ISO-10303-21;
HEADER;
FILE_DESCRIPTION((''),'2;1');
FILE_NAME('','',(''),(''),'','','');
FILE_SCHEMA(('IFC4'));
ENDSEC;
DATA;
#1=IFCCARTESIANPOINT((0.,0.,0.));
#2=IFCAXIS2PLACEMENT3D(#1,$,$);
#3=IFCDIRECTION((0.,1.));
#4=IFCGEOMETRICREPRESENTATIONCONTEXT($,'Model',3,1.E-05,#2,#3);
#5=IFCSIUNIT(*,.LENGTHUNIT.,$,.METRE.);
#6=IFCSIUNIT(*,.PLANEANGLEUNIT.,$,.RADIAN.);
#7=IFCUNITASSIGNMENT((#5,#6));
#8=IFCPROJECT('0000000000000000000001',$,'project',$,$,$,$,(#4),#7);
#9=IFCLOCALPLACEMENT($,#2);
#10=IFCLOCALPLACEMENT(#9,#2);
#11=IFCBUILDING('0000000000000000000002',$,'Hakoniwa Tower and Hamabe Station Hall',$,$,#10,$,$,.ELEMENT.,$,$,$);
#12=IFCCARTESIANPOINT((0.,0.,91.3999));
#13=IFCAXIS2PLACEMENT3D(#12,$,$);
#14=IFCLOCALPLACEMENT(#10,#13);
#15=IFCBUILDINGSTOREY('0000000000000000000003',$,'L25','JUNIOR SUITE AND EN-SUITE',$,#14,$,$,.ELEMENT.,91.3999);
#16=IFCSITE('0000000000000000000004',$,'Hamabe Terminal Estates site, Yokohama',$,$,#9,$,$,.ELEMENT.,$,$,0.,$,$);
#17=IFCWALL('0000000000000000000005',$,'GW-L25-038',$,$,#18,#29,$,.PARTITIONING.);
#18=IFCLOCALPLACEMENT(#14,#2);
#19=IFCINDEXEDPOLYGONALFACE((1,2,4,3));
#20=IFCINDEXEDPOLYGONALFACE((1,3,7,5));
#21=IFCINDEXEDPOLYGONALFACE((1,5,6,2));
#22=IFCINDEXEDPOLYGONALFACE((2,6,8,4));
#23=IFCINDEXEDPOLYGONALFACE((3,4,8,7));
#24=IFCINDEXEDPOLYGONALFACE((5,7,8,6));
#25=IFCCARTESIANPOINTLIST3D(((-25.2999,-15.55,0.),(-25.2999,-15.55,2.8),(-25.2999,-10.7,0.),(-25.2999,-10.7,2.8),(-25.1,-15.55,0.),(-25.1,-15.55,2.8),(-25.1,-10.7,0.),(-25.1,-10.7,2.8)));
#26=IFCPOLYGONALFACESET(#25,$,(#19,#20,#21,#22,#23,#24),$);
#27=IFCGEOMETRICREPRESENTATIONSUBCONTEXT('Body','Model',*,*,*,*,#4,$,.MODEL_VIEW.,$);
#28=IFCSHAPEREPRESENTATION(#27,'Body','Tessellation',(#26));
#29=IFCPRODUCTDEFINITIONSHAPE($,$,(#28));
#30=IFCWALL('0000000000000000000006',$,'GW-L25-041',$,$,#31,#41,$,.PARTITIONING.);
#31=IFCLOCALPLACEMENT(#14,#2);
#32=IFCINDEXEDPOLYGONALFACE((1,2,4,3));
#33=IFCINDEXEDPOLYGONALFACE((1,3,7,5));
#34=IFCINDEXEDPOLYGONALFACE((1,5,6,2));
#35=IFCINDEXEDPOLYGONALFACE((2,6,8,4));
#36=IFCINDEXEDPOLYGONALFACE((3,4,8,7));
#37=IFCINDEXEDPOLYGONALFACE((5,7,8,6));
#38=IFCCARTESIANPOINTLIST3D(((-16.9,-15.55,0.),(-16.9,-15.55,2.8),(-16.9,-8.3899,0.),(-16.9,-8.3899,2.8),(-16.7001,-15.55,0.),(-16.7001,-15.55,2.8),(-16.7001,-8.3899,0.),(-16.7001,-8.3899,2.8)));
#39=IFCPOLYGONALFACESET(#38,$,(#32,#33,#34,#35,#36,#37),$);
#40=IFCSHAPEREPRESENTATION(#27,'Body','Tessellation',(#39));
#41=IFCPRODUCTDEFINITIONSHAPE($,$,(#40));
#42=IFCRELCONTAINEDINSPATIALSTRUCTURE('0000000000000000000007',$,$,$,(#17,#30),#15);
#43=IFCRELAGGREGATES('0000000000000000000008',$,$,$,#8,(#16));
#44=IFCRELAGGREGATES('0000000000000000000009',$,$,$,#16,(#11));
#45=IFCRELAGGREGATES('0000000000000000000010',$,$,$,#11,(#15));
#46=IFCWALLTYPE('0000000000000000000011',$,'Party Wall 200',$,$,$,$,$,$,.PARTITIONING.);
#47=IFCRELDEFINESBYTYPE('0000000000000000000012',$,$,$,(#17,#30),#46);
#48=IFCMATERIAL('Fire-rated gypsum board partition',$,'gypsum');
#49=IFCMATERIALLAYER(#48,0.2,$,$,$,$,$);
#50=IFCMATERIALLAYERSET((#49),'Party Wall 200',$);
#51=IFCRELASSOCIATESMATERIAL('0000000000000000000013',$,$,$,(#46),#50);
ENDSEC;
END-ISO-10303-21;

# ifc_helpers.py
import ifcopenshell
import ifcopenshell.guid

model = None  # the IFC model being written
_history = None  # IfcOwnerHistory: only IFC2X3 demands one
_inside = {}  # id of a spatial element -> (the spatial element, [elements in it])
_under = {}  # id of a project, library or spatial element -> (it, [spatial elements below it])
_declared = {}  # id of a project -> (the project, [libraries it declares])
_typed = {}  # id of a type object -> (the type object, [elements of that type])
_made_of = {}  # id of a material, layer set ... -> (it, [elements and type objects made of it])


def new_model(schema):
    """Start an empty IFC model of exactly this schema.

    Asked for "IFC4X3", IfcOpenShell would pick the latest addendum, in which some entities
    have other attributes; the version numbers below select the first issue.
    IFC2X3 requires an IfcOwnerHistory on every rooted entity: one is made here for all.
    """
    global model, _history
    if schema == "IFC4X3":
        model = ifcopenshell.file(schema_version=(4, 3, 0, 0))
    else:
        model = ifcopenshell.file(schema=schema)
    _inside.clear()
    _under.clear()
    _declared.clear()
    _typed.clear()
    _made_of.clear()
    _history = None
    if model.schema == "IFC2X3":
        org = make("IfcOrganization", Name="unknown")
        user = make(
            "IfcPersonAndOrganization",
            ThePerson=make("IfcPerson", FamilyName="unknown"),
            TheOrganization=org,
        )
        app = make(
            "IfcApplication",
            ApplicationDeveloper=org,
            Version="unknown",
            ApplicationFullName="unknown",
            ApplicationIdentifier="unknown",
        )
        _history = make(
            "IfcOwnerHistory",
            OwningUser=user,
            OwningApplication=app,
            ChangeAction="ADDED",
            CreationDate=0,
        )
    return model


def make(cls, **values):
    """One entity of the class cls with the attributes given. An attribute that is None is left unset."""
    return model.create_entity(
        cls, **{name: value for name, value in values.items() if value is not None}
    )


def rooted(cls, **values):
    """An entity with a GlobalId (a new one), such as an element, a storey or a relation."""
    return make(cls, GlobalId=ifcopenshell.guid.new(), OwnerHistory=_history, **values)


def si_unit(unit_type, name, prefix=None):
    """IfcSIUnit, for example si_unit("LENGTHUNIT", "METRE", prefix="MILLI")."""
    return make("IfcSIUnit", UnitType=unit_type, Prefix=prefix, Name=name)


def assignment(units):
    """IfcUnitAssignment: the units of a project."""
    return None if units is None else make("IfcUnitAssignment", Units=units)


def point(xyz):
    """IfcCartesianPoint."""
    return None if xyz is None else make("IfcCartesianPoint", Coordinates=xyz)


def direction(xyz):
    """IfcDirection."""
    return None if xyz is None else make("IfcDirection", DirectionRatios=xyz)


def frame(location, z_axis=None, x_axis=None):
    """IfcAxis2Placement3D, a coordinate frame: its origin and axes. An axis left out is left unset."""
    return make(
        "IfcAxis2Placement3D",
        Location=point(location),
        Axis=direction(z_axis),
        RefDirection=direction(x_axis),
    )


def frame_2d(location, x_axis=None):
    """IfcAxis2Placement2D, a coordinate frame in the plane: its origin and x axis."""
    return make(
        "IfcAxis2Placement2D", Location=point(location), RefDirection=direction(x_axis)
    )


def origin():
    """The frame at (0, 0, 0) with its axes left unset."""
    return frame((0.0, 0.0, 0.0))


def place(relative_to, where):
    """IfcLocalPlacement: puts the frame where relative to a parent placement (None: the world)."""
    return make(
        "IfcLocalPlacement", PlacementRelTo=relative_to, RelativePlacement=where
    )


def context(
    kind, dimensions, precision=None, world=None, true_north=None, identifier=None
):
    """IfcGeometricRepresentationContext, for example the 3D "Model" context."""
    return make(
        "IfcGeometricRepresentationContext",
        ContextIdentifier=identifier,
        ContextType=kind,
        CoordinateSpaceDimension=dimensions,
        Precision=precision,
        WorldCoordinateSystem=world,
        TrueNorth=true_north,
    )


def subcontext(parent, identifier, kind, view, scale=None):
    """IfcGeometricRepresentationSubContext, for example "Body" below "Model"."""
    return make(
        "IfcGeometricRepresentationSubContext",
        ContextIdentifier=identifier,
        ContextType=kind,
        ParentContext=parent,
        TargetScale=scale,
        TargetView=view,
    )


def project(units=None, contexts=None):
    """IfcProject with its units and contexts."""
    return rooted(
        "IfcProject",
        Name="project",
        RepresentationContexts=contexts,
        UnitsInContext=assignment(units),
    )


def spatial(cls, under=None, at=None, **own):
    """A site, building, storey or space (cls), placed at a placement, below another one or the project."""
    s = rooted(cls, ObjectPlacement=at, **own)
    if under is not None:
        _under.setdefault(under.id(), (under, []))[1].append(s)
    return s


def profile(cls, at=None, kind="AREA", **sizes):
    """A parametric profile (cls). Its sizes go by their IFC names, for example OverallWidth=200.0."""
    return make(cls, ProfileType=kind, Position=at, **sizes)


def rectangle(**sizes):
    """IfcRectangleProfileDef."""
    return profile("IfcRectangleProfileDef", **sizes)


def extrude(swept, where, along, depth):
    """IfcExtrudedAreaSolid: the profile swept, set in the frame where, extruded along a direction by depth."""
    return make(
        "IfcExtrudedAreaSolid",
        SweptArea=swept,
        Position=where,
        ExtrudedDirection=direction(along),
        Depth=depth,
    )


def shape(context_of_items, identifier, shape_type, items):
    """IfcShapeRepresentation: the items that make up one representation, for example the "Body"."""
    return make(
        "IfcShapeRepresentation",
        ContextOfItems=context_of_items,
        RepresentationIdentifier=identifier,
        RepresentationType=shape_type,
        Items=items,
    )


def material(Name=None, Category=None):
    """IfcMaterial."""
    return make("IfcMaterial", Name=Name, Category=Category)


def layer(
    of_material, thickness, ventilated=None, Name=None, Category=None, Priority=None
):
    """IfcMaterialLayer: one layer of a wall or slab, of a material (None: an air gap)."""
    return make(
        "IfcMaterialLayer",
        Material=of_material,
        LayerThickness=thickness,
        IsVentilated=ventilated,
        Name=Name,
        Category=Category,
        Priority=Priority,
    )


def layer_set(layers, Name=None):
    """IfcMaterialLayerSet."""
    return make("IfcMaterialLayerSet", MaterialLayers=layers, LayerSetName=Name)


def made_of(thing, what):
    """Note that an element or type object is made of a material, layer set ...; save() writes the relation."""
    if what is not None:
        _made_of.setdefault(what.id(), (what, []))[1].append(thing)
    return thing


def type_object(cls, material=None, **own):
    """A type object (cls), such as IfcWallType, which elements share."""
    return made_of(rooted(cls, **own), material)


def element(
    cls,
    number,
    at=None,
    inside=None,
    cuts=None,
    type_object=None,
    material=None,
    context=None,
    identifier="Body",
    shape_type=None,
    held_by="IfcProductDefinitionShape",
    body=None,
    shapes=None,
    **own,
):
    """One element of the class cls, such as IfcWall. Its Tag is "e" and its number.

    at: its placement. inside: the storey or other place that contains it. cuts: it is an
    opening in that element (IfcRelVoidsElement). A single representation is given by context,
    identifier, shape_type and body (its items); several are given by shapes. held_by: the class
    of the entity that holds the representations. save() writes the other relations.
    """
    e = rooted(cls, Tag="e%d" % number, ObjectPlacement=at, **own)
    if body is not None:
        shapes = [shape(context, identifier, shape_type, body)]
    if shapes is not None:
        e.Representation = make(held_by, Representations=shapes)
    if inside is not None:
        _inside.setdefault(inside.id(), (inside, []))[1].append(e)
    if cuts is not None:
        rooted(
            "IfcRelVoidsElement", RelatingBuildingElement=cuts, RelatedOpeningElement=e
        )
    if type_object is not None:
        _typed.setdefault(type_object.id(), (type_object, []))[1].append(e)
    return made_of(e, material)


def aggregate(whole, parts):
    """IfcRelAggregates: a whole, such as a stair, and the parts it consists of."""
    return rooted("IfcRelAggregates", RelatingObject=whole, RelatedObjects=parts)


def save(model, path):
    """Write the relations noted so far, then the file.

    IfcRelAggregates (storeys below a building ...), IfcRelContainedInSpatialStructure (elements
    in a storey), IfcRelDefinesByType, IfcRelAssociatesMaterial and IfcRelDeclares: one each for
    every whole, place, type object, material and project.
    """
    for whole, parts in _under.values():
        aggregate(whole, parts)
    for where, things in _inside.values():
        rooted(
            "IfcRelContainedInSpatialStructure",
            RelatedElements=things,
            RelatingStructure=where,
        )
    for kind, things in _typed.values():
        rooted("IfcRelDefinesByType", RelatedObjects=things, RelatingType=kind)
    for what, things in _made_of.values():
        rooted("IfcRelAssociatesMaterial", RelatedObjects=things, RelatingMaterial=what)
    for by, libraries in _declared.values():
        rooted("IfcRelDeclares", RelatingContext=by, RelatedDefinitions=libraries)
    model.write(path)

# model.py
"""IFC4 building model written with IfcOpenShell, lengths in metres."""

from ifc_helpers import new_model, si_unit, direction, frame, frame_2d, origin, place, context, subcontext, project, spatial, rectangle, extrude, material, layer, layer_set, type_object, element, save


model = new_model("IFC4")

# Units and contexts
model_context = context("Model", 3, precision=1e-05, world=origin(), true_north=direction((0.0, 1.0)))
body_context = subcontext(model_context, "Body", "Model", "MODEL_VIEW")
ifc_project = project(units=[si_unit("LENGTHUNIT", "METRE"), si_unit("PLANEANGLEUNIT", "RADIAN")], contexts=[model_context])

# Site, building, storey
site_placement = place(None, origin())
site = spatial("IfcSite", under=ifc_project, at=site_placement, Name="Hamabe Terminal Estates site, Yokohama", CompositionType="ELEMENT", RefElevation=0.0)
building_placement = place(site_placement, origin())
building = spatial("IfcBuilding", under=site, at=building_placement, Name="Hakoniwa Tower and Hamabe Station Hall", CompositionType="ELEMENT")
storey_placement = place(building_placement, frame((0.0, 0.0, 91.3999)))
storey = spatial("IfcBuildingStorey", under=building, at=storey_placement, Name="L25", Description="JUNIOR SUITE AND EN-SUITE", CompositionType="ELEMENT", Elevation=91.3999)

# Walls
ifc_material_1 = material(Name="Fire-rated gypsum board partition", Category="gypsum")
ifc_layer_1 = layer(ifc_material_1, 0.2)
ifc_layer_set_1 = layer_set([ifc_layer_1], Name="Party Wall 200")
wall_type_1 = type_object("IfcWallType", Name="Party Wall 200", PredefinedType="PARTITIONING", material=ifc_layer_set_1)
wall_1_placement = place(storey_placement, frame((-25.2, -15.55, 0.0), z_axis=(0.0, 0.0, 1.0), x_axis=(0.0, 1.0, 0.0)))
element("IfcWall", 1, at=wall_1_placement, inside=storey, type_object=wall_type_1, Name="GW-L25-038", PredefinedType="PARTITIONING", context=body_context, shape_type="SweptSolid", body=[
    extrude(rectangle(XDim=4.8501, YDim=0.2, at=frame_2d((2.425, 0.0))), origin(), (0.0, 0.0, 1.0), 2.8),
])
wall_2_placement = place(storey_placement, frame((-16.8, -15.55, 0.0), z_axis=(0.0, 0.0, 1.0), x_axis=(0.0, 1.0, 0.0)))
element("IfcWall", 2, at=wall_2_placement, inside=storey, type_object=wall_type_1, Name="GW-L25-041", PredefinedType="PARTITIONING", context=body_context, shape_type="SweptSolid", body=[
    extrude(rectangle(XDim=7.1602, YDim=0.2, at=frame_2d((3.5801, 0.0))), origin(), (0.0, 0.0, 1.0), 2.8),
])

save(model, "model.ifc")
